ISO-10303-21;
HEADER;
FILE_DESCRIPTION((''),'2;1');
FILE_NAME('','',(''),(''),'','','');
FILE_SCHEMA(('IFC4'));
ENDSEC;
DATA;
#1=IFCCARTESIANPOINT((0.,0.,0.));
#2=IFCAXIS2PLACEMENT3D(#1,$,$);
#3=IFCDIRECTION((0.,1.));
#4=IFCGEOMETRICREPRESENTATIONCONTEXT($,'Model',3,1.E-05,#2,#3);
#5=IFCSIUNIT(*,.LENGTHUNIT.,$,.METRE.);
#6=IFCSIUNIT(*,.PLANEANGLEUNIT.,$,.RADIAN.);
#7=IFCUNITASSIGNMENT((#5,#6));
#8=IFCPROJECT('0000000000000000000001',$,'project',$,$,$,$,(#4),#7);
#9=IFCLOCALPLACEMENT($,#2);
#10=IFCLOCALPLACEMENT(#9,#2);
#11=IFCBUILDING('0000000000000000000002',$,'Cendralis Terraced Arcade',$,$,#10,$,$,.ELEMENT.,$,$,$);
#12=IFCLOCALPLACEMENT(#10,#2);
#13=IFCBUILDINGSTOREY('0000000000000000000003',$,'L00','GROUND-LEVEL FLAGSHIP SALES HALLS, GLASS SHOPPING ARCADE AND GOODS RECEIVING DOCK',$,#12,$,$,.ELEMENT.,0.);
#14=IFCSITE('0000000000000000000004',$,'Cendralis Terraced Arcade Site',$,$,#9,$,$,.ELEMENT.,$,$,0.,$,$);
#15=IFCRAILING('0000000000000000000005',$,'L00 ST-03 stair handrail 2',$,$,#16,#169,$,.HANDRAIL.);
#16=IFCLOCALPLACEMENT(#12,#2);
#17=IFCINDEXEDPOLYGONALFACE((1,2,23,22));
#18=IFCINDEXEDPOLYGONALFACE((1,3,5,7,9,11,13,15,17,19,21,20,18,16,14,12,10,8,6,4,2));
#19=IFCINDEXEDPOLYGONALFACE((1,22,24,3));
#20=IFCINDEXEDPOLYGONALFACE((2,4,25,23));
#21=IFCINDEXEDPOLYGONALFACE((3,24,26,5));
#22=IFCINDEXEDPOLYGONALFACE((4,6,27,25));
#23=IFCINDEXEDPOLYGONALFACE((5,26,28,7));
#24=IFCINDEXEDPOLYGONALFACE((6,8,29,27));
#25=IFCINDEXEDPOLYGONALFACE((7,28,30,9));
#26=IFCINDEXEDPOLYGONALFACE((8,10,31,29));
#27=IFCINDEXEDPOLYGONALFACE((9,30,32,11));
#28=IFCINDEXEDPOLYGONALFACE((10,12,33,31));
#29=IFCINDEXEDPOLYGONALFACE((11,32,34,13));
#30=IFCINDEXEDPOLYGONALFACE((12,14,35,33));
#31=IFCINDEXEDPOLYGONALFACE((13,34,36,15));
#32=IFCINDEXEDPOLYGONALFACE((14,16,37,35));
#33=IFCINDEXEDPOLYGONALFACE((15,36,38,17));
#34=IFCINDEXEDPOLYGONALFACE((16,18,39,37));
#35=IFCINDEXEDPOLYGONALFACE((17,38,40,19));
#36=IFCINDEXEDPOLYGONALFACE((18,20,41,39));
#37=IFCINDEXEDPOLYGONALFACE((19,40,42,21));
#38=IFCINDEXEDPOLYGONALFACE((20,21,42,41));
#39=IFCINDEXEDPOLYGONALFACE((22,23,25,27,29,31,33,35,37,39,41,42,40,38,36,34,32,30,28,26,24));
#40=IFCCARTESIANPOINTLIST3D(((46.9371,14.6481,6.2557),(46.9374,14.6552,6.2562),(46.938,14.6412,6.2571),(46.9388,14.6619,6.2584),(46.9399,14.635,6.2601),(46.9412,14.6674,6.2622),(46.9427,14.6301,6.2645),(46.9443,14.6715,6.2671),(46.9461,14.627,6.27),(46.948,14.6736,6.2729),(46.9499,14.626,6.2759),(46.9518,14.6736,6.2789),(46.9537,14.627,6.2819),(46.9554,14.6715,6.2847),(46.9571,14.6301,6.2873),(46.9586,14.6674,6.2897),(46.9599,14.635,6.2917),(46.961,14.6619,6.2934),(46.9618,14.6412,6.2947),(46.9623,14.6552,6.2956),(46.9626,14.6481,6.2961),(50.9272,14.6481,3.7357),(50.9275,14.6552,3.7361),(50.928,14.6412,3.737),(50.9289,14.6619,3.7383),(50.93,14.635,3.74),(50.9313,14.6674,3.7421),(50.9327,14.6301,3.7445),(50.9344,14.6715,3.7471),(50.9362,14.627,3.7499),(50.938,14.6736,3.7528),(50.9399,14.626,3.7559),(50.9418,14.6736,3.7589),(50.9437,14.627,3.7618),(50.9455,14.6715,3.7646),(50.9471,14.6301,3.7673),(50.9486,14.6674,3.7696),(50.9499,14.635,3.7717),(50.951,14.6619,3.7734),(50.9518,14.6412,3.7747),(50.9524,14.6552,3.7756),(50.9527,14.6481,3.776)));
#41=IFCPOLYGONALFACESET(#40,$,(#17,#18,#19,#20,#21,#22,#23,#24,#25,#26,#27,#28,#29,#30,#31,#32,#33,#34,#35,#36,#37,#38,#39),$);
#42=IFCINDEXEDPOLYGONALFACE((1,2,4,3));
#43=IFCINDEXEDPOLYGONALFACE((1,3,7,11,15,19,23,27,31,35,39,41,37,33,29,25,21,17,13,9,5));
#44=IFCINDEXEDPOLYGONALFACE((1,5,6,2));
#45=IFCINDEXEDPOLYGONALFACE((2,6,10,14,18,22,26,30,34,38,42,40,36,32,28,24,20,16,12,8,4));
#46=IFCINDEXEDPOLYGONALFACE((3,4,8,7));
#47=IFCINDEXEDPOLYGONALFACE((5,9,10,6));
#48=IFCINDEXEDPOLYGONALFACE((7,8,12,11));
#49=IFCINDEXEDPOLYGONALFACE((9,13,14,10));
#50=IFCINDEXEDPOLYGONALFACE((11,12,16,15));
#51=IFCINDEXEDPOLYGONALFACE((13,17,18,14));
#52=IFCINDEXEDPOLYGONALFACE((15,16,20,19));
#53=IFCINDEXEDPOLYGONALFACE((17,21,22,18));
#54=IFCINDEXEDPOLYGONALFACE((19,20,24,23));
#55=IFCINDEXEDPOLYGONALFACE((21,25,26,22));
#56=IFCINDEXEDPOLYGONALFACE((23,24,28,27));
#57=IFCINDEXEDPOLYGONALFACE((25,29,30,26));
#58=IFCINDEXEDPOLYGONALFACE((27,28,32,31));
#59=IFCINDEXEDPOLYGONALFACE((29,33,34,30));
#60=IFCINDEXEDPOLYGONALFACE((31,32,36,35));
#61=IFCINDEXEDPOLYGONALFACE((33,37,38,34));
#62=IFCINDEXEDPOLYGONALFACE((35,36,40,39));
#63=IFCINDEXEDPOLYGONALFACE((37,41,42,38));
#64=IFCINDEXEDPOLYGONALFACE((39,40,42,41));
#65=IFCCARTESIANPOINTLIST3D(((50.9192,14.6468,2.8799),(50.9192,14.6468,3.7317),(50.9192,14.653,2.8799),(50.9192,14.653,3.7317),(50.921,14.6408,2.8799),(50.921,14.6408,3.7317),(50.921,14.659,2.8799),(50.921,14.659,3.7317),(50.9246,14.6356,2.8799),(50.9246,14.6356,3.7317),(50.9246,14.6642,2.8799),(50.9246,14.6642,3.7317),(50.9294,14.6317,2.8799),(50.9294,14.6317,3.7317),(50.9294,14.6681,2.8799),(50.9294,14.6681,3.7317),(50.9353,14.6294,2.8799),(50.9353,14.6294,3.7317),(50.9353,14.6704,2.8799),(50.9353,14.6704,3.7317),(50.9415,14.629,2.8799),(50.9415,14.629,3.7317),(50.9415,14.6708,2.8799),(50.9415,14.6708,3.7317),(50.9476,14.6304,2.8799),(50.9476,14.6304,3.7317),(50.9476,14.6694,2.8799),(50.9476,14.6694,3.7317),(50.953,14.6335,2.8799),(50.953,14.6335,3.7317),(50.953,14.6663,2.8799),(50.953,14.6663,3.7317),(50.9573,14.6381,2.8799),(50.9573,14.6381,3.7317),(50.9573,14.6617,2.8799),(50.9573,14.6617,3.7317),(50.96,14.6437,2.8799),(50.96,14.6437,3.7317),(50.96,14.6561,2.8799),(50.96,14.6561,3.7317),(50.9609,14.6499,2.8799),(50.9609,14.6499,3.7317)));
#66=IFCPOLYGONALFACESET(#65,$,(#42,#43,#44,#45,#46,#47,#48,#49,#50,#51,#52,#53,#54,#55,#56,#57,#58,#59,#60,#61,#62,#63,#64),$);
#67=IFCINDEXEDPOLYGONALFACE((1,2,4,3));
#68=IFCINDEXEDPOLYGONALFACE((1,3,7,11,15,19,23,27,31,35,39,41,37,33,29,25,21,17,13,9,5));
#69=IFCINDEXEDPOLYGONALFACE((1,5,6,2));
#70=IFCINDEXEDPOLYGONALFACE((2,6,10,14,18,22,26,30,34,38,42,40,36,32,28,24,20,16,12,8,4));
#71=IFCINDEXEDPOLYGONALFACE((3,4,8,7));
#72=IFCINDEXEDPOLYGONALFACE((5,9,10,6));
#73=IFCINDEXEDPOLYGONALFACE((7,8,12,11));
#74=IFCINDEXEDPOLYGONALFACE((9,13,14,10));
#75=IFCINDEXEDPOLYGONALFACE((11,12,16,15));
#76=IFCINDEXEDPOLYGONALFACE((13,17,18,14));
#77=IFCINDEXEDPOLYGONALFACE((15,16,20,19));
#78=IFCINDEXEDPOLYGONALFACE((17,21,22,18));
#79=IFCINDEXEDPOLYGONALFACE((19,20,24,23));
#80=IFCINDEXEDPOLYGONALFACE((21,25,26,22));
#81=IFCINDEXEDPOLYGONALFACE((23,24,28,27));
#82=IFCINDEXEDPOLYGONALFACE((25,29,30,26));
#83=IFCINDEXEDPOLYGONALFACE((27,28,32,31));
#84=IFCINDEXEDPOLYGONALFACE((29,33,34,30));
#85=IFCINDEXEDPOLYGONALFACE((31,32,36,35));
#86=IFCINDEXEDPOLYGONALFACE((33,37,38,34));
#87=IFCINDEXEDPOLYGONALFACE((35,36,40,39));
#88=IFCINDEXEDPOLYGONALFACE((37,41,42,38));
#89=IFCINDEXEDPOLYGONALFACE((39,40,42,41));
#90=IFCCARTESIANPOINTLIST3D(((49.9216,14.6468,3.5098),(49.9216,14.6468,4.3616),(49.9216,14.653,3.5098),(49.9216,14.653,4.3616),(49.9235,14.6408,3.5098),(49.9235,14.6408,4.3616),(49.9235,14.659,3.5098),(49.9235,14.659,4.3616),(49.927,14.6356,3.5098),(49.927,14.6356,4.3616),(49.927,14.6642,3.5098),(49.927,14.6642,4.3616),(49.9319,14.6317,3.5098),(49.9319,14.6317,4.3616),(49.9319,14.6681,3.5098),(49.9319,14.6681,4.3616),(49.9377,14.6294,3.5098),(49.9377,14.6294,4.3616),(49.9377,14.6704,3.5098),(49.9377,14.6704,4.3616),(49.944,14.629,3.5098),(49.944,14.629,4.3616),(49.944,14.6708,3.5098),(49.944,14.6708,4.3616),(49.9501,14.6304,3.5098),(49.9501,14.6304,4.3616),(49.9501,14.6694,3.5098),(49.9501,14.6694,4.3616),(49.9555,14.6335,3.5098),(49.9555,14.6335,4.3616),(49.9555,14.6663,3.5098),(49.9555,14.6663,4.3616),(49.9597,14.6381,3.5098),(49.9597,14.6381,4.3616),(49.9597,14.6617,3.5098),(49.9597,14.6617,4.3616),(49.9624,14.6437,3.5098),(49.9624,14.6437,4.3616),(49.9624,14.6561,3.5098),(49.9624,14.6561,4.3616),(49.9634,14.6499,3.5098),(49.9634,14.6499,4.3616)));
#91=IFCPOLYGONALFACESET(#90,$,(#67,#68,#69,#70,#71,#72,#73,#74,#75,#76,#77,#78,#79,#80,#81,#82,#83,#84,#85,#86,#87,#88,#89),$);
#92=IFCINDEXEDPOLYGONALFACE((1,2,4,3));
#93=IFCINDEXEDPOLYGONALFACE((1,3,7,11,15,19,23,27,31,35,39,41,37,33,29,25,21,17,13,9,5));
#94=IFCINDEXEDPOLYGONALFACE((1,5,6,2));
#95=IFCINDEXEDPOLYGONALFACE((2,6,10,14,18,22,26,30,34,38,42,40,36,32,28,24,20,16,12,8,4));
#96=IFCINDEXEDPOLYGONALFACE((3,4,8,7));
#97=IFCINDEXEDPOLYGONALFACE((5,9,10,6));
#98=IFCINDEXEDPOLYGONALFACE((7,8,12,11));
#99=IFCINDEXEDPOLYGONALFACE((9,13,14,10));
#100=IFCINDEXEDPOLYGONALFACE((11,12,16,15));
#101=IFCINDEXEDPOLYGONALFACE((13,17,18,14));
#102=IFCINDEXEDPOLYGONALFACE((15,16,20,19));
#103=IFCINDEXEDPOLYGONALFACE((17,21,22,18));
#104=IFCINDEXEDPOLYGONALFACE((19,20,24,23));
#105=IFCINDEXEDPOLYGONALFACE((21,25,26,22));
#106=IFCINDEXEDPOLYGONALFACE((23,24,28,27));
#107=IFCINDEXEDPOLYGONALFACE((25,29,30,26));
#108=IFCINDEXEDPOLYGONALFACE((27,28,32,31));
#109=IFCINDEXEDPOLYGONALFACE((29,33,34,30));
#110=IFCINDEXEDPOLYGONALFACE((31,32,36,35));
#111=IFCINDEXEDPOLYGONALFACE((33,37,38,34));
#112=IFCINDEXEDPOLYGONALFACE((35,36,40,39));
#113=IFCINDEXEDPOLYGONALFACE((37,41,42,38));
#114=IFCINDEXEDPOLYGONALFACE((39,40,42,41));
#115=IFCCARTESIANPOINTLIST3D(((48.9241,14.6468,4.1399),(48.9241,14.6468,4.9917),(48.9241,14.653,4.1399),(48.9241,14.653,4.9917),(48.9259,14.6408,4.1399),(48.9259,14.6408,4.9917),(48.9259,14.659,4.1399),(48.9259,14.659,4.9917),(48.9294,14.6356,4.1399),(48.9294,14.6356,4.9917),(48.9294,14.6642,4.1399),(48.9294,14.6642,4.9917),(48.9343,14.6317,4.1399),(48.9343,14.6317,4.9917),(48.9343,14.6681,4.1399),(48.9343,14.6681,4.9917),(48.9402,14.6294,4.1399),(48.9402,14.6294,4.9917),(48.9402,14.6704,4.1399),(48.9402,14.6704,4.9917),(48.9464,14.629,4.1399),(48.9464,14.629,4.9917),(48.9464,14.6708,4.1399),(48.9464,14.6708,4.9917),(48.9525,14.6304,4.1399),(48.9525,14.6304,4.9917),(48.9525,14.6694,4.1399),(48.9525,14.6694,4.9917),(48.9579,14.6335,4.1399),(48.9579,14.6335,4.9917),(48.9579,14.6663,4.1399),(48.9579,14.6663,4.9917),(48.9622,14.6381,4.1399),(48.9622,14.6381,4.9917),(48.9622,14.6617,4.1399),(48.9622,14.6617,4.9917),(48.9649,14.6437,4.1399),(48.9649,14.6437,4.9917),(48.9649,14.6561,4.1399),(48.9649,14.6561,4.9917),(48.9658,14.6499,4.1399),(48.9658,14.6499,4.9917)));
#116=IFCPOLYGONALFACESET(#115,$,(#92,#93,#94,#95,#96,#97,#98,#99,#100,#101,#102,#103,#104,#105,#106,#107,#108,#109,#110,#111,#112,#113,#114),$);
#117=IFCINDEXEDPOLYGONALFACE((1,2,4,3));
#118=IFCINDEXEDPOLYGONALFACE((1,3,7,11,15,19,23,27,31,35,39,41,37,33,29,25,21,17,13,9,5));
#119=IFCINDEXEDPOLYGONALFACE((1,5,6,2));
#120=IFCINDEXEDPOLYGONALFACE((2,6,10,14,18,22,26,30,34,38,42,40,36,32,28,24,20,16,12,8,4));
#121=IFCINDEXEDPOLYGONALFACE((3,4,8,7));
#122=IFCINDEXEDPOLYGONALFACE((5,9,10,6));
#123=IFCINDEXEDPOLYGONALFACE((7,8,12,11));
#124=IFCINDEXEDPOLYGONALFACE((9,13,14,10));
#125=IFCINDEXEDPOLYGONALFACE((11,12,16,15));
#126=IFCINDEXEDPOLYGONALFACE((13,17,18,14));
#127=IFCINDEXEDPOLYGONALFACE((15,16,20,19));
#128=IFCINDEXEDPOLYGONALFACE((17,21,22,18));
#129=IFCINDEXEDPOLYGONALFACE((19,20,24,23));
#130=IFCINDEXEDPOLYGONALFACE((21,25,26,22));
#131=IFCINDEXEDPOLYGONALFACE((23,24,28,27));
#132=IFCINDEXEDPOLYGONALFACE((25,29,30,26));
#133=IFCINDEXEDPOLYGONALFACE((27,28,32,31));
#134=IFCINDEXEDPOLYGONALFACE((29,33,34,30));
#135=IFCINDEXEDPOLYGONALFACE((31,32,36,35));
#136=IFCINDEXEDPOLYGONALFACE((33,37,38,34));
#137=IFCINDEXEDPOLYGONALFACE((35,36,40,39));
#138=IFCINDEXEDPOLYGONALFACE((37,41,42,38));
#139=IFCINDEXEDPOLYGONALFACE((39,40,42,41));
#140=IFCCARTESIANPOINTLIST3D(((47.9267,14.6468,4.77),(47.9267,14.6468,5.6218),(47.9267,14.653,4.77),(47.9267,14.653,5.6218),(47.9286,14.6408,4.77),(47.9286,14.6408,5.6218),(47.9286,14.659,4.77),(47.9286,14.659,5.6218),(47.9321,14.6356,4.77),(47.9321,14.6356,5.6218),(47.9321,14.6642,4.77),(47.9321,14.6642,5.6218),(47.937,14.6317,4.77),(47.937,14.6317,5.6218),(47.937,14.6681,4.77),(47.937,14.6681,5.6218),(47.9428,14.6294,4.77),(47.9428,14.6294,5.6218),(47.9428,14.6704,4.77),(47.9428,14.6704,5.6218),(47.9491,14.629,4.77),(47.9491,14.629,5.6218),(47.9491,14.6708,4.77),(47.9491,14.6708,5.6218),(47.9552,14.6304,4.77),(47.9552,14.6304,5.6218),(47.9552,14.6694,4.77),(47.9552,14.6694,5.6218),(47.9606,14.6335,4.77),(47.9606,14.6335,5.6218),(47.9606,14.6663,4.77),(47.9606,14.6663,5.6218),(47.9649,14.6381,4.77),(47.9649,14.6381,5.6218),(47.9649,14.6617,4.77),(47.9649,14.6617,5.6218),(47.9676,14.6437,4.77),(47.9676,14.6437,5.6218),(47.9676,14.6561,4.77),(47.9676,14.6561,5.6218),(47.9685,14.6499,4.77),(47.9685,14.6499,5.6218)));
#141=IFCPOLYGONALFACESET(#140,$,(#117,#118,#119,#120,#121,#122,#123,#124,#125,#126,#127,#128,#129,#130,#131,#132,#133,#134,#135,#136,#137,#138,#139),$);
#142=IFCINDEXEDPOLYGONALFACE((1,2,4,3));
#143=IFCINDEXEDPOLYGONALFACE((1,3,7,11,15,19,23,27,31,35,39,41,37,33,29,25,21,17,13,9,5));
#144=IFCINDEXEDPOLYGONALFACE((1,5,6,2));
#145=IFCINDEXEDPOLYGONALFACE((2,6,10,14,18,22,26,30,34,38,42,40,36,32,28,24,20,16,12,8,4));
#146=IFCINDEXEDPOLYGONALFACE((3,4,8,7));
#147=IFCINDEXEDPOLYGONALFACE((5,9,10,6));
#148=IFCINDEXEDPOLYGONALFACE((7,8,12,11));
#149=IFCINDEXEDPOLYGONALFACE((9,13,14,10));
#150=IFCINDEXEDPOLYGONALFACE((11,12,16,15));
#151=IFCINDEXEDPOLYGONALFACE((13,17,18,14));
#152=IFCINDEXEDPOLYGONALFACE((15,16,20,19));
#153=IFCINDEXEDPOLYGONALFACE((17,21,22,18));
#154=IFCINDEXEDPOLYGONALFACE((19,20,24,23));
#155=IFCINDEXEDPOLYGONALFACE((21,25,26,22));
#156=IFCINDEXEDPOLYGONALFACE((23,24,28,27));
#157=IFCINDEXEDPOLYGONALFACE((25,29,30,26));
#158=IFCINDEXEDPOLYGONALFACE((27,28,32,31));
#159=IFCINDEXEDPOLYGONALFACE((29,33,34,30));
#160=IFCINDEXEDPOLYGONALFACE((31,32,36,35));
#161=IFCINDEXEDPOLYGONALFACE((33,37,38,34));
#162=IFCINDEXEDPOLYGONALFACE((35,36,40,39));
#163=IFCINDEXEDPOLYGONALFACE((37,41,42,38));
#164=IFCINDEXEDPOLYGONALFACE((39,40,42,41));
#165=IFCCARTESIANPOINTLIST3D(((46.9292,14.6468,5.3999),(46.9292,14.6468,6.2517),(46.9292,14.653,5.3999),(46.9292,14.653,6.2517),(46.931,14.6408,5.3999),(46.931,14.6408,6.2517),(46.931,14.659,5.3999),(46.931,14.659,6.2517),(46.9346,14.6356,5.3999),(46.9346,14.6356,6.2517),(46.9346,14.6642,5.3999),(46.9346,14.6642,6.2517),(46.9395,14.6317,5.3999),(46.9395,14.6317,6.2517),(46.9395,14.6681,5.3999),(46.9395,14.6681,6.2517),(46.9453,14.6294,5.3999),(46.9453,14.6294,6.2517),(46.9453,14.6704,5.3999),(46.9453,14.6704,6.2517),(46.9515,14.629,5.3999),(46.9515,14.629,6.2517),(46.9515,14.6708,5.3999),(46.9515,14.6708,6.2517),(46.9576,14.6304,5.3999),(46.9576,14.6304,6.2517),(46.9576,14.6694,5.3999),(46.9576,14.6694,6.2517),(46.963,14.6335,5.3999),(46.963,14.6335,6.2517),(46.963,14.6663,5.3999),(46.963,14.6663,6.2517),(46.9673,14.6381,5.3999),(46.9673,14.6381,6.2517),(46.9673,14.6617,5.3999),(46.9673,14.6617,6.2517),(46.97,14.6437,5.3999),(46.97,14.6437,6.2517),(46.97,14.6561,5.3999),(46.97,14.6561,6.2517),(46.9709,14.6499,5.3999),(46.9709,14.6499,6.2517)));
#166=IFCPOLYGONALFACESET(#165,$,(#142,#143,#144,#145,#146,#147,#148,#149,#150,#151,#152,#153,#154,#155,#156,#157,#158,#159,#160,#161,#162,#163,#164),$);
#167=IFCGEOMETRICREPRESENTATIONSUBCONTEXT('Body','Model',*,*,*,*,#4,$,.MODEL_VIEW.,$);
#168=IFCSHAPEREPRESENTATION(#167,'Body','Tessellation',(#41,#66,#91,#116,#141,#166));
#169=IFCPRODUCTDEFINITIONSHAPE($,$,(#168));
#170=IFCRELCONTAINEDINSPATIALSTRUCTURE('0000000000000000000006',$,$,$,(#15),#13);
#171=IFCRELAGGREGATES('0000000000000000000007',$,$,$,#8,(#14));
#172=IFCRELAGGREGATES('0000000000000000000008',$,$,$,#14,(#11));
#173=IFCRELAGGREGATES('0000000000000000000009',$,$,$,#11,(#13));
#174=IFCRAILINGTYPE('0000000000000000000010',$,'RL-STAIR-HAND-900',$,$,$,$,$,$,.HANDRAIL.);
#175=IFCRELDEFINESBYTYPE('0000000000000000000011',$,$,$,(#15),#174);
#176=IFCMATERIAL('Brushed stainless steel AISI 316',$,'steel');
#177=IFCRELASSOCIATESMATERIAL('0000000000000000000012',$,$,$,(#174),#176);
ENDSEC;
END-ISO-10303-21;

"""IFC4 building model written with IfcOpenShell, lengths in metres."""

from ifc_helpers import new_model, si_unit, direction, frame, origin, origin_2d, place, context, subcontext, project, spatial, circle, extrude, material, type_object, element, save


model = new_model("IFC4")

# Units and contexts
model_context = context("Model", 3, precision=1e-05, world=origin(), true_north=direction((0.0, 1.0)))
body_context = subcontext(model_context, "Body", "Model", "MODEL_VIEW")
ifc_project = project(units=[si_unit("LENGTHUNIT", "METRE"), si_unit("PLANEANGLEUNIT", "RADIAN")], contexts=[model_context])

# Site, building, storey
site_placement = place(None, origin())
site = spatial("IfcSite", under=ifc_project, at=site_placement, Name="Cendralis Terraced Arcade Site", CompositionType="ELEMENT", RefElevation=0.0)
building_placement = place(site_placement, origin())
building = spatial("IfcBuilding", under=site, at=building_placement, Name="Cendralis Terraced Arcade", CompositionType="ELEMENT")
storey_placement = place(building_placement, origin())
storey = spatial("IfcBuildingStorey", under=building, at=storey_placement, Name="L00", Description="GROUND-LEVEL FLAGSHIP SALES HALLS, GLASS SHOPPING ARCADE AND GOODS RECEIVING DOCK", CompositionType="ELEMENT", Elevation=0.0)

# Railing
ifc_material_1 = material(Name="Brushed stainless steel AISI 316", Category="steel")
railing_type_1 = type_object("IfcRailingType", Name="RL-STAIR-HAND-900", PredefinedType="HANDRAIL", material=ifc_material_1)
railing_1_placement = place(storey_placement, frame((50.9399, 14.6499, 2.8799)))
element("IfcRailing", 1, at=railing_1_placement, inside=storey, type_object=railing_type_1, Name="L00 ST-03 stair handrail 2", PredefinedType="HANDRAIL", context=body_context, shape_type="SweptSolid", body=[
    extrude(circle(Radius=0.0239, at=origin_2d()), frame((0.0, 0.0, 0.876), z_axis=(-0.845486, 0.0, 0.533997), x_axis=(0.0, -1.0, 0.0)), (0.0, 0.0, 1.0), 4.7192),
    extrude(circle(Radius=0.021, at=origin_2d()), origin(), (0.0, 0.0, 1.0), 0.8518),
    extrude(circle(Radius=0.021, at=origin_2d()), frame((-0.9976, 0.0, 0.6299)), (0.0, 0.0, 1.0), 0.8518),
    extrude(circle(Radius=0.021, at=origin_2d()), frame((-1.9951, 0.0, 1.26)), (0.0, 0.0, 1.0), 0.8518),
    extrude(circle(Radius=0.021, at=origin_2d()), frame((-2.9924, 0.0, 1.8901)), (0.0, 0.0, 1.0), 0.8518),
    extrude(circle(Radius=0.021, at=origin_2d()), frame((-3.99, 0.0, 2.52)), (0.0, 0.0, 1.0), 0.8518),
])

save(model, "model.ifc")
